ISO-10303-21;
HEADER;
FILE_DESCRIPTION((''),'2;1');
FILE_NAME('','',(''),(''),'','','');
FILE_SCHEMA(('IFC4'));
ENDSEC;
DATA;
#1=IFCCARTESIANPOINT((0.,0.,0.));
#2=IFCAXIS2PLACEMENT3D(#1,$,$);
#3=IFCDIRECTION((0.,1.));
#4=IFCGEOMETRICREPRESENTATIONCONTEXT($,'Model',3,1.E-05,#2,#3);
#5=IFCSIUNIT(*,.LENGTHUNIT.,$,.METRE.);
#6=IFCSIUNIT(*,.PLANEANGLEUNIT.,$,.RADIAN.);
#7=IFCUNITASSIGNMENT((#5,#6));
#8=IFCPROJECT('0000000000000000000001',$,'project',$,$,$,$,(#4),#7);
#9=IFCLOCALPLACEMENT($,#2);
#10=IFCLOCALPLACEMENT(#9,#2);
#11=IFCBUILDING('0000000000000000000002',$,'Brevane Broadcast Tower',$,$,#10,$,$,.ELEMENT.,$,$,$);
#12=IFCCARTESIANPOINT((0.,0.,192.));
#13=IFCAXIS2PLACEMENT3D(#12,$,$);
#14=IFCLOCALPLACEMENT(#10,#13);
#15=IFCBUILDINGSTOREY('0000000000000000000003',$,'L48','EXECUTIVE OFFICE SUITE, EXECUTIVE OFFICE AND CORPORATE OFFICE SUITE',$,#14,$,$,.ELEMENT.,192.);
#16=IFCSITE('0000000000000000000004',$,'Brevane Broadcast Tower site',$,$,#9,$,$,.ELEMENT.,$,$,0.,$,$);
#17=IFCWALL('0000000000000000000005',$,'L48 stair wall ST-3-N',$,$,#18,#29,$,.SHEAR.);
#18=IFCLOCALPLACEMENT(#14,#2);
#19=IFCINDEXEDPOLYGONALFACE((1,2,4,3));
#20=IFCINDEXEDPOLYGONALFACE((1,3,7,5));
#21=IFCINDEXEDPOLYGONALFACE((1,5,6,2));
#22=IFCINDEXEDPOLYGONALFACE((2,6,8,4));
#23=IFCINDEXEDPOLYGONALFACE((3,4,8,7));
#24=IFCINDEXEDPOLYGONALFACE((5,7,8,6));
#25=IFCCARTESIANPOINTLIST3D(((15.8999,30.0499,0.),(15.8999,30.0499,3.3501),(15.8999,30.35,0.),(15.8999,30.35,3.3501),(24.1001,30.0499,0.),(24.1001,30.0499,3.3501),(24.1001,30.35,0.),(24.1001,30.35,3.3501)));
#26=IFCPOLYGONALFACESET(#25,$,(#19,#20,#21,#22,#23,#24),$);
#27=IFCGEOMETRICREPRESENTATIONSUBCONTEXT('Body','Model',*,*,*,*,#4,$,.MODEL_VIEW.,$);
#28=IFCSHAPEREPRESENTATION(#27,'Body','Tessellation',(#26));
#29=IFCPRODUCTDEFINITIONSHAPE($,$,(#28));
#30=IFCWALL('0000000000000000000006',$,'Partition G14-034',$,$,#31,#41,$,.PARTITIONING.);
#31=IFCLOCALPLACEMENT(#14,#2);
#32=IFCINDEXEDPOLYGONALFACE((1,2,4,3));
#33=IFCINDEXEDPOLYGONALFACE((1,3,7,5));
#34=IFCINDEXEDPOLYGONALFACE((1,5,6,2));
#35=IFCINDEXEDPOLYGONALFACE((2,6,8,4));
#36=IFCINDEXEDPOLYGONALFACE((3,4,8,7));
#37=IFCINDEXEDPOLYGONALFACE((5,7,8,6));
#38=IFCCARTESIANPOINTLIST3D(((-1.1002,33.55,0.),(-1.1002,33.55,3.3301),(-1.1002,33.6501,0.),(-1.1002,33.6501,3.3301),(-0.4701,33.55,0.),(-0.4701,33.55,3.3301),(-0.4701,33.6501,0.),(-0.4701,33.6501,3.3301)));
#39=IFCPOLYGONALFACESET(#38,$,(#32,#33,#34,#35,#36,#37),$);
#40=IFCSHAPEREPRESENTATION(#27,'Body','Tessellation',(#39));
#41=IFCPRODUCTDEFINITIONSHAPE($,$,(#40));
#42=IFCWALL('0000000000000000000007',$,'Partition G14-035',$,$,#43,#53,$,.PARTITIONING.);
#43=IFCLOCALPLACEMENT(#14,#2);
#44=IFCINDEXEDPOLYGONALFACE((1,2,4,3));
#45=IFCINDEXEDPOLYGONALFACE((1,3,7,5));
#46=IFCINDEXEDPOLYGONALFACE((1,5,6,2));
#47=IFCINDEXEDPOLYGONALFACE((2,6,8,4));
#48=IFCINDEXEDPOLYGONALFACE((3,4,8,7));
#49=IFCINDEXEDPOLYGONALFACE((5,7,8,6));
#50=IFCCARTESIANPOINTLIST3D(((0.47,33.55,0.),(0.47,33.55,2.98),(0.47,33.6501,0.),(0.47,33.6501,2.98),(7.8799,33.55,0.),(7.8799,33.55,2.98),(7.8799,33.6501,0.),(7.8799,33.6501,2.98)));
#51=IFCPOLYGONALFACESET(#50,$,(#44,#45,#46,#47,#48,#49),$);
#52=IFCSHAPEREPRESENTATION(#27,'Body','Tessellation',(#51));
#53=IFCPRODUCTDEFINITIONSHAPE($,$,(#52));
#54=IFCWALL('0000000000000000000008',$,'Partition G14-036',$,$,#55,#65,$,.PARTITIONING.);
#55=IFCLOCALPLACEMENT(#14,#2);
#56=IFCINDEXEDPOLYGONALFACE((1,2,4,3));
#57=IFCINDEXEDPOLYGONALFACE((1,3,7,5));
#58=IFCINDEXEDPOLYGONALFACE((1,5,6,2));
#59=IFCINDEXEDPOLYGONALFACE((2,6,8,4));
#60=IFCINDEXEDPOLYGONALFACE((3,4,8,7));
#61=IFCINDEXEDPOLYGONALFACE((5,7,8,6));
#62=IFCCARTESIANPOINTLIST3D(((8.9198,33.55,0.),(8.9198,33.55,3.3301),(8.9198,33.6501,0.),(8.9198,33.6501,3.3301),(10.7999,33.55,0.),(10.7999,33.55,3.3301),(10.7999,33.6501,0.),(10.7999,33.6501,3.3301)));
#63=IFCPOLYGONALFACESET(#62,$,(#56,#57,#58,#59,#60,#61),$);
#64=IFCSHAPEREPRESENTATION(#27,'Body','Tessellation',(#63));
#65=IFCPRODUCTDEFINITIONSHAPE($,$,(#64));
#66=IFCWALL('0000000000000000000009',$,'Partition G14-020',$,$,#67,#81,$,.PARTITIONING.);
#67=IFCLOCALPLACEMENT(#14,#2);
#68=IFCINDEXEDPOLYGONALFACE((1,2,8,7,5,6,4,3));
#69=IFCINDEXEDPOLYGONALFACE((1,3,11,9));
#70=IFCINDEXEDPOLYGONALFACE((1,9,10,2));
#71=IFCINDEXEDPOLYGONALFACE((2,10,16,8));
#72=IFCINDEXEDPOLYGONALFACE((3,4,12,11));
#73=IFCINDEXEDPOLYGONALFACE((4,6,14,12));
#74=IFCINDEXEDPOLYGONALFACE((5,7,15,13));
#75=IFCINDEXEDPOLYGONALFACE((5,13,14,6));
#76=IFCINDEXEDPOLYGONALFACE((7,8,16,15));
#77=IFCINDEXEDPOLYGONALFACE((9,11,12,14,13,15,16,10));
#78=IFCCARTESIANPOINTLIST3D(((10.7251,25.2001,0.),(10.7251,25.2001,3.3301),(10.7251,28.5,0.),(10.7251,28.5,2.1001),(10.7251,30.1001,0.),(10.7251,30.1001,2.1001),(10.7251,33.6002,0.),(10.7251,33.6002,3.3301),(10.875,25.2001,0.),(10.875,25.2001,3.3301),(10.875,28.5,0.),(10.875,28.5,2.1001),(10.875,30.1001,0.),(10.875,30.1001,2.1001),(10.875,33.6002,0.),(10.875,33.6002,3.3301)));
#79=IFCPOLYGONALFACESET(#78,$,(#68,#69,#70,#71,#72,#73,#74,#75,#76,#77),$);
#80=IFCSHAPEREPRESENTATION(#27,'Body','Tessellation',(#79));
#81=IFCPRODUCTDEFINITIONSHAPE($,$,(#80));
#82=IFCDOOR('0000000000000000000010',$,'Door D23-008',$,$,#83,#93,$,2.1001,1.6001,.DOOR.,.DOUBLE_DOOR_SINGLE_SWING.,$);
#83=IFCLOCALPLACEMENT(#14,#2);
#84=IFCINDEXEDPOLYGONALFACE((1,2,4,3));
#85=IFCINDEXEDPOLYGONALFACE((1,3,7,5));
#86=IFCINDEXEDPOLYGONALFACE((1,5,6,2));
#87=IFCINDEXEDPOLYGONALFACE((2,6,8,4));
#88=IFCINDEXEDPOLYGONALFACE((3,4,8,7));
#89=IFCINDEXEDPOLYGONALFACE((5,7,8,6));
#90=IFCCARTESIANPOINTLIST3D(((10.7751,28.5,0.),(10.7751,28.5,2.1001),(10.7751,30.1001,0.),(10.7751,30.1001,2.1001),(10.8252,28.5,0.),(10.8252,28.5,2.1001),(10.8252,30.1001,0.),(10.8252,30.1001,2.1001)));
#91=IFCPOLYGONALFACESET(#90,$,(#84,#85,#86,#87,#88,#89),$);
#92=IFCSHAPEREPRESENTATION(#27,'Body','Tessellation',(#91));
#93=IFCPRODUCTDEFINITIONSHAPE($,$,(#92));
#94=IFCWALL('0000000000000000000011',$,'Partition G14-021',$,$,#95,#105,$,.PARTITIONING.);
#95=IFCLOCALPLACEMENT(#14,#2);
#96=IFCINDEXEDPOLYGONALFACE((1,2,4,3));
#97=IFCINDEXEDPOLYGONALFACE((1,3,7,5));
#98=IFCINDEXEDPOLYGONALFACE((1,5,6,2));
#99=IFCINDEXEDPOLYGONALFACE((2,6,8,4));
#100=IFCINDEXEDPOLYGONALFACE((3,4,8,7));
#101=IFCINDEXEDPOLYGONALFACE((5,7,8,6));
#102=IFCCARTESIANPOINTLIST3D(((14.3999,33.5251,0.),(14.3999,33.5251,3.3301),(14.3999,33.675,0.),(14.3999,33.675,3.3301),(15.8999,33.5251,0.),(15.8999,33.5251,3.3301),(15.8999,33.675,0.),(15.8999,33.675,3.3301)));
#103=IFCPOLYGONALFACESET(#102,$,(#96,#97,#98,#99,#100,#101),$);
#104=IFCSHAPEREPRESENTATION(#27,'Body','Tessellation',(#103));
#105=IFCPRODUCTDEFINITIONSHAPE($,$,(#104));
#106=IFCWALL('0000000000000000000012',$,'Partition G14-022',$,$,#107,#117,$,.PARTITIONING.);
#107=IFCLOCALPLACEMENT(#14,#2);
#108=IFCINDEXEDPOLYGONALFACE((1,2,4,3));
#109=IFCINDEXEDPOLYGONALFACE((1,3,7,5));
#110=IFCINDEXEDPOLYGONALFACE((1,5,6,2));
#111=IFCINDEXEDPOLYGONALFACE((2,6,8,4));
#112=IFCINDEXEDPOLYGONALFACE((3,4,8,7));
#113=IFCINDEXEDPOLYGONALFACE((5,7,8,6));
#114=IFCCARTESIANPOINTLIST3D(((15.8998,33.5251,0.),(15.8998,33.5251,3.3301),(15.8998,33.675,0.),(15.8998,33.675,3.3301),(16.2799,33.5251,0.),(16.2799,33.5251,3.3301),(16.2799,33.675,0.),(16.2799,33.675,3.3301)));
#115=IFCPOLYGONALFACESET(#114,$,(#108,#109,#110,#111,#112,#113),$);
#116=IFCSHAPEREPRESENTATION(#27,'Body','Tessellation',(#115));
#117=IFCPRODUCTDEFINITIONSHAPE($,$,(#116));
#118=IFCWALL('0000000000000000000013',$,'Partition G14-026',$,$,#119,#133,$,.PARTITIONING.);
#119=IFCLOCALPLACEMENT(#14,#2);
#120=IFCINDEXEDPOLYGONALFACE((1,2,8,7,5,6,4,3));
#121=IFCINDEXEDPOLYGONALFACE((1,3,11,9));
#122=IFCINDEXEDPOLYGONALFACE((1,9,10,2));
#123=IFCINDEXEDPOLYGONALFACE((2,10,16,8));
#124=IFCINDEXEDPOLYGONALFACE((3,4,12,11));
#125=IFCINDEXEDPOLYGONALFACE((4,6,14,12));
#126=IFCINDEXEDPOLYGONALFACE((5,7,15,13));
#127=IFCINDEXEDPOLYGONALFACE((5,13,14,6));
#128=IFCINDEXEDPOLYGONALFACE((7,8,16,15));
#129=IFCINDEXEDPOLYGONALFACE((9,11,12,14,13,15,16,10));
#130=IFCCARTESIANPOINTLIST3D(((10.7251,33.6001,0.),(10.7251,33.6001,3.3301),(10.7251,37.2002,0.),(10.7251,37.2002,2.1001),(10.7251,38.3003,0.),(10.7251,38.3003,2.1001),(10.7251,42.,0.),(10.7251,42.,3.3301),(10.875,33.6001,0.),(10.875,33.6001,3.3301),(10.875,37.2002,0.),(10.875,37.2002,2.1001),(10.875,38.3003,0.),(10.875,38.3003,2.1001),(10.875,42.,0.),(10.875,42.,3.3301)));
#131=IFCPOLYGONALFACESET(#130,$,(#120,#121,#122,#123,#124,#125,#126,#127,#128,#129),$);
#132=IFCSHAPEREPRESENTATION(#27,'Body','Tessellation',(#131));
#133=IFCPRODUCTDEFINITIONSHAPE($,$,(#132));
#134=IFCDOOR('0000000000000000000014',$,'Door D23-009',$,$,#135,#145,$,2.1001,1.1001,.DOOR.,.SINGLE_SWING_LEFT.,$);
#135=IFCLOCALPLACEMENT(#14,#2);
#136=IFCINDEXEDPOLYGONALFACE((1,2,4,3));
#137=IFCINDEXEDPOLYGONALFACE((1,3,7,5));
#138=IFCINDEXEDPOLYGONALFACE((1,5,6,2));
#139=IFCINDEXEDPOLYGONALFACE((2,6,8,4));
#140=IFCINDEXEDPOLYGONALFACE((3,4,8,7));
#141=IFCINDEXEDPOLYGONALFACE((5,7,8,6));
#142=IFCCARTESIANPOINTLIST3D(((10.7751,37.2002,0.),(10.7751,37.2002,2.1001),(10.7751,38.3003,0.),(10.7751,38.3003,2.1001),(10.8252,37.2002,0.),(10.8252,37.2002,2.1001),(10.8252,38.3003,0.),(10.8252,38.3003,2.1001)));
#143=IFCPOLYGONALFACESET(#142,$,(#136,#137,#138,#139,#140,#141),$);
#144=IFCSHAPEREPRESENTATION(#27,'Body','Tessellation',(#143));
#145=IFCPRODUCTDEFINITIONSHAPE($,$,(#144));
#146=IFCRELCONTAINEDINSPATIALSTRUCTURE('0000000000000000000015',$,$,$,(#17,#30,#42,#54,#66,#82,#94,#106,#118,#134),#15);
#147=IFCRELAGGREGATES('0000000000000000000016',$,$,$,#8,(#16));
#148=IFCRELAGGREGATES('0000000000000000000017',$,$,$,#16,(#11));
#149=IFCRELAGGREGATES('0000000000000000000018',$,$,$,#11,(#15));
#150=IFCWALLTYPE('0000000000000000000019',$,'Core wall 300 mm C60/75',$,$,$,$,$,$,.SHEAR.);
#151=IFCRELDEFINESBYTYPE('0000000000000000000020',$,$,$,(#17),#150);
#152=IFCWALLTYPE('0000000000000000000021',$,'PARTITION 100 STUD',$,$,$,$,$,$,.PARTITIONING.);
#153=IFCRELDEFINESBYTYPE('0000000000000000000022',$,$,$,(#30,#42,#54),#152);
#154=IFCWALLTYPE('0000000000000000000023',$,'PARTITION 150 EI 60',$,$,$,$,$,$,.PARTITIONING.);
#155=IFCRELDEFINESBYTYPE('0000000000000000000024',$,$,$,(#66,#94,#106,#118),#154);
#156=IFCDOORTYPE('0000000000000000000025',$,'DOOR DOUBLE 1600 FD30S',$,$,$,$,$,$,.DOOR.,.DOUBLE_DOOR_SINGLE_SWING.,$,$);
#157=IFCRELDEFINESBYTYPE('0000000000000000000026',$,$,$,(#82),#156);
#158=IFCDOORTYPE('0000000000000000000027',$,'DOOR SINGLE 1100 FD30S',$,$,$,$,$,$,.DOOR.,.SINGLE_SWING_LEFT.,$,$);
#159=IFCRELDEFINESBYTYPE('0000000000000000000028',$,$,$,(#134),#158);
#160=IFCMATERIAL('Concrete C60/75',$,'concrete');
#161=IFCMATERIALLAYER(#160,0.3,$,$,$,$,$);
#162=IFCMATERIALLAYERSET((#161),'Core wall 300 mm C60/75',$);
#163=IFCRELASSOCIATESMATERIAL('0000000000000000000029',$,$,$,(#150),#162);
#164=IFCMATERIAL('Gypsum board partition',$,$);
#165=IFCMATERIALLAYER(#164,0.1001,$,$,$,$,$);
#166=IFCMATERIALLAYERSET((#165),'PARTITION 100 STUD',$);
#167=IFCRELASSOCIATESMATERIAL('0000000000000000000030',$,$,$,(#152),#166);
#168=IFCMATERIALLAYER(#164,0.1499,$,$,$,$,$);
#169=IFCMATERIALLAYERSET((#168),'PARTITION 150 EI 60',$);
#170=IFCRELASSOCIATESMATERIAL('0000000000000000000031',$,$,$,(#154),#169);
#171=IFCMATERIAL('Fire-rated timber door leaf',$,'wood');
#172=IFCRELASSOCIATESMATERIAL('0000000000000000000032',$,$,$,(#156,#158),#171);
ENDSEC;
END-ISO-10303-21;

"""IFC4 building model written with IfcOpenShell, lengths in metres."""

from ifc_helpers import new_model, si_unit, direction, frame, frame_2d, origin, place, context, subcontext, project, spatial, polyline, rectangle, outline, extrude, material, layer, layer_set, type_object, element, fill, save


model = new_model("IFC4")

# Units and contexts
model_context = context("Model", 3, precision=1e-05, world=origin(), true_north=direction((0.0, 1.0)))
body_context = subcontext(model_context, "Body", "Model", "MODEL_VIEW")
ifc_project = project(units=[si_unit("LENGTHUNIT", "METRE"), si_unit("PLANEANGLEUNIT", "RADIAN")], contexts=[model_context])

# Site, building, storey
site_placement = place(None, origin())
site = spatial("IfcSite", under=ifc_project, at=site_placement, Name="Brevane Broadcast Tower site", CompositionType="ELEMENT", RefElevation=0.0)
building_placement = place(site_placement, origin())
building = spatial("IfcBuilding", under=site, at=building_placement, Name="Brevane Broadcast Tower", CompositionType="ELEMENT")
storey_placement = place(building_placement, frame((0.0, 0.0, 192.0)))
storey = spatial("IfcBuildingStorey", under=building, at=storey_placement, Name="L48", Description="EXECUTIVE OFFICE SUITE, EXECUTIVE OFFICE AND CORPORATE OFFICE SUITE", CompositionType="ELEMENT", Elevation=192.0)

# Shared definitions
ifc_material_1 = material(Name="Concrete C60/75", Category="concrete")

# Walls
ifc_layer_1 = layer(ifc_material_1, 0.3)
ifc_layer_set_1 = layer_set([ifc_layer_1], Name="Core wall 300 mm C60/75")
wall_type_1 = type_object("IfcWallType", Name="Core wall 300 mm C60/75", PredefinedType="SHEAR", material=ifc_layer_set_1)
for number, where, z_axis, x_axis, name in (
    (1, (15.8999, 30.2, 0.0), (0.0, 0.0, 1.0), (1.0, 0.0, 0.0), "L48 stair wall ST-3-N"),
):
    element("IfcWall", number, at=place(storey_placement, frame(where, z_axis=z_axis, x_axis=x_axis)), inside=storey, type_object=wall_type_1, Name=name, PredefinedType="SHEAR", context=body_context, shape_type="SweptSolid", body=[
        extrude(rectangle(XDim=8.2002, YDim=0.3, at=frame_2d((4.1001, 0.0))), origin(), (0.0, 0.0, 1.0), 3.3501),
    ])
ifc_material_2 = material(Name="Gypsum board partition")
ifc_layer_2 = layer(ifc_material_2, 0.1001)
ifc_layer_set_2 = layer_set([ifc_layer_2], Name="PARTITION 100 STUD")
wall_type_2 = type_object("IfcWallType", Name="PARTITION 100 STUD", PredefinedType="PARTITIONING", material=ifc_layer_set_2)
wall_1_placement = place(storey_placement, frame((-1.1001, 33.6001, 0.0), z_axis=(0.0, 0.0, 1.0), x_axis=(1.0, 0.0, 0.0)))
element("IfcWall", 2, at=wall_1_placement, inside=storey, type_object=wall_type_2, Name="Partition G14-034", PredefinedType="PARTITIONING", context=body_context, shape_type="SweptSolid", body=[
    extrude(rectangle(XDim=0.6301, YDim=0.1001, at=frame_2d((0.3149, 0.0))), origin(), (0.0, 0.0, 1.0), 3.3301),
])
wall_2_placement = place(storey_placement, frame((0.47, 33.6001, 0.0), z_axis=(0.0, 0.0, 1.0), x_axis=(1.0, 0.0, 0.0)))
element("IfcWall", 3, at=wall_2_placement, inside=storey, type_object=wall_type_2, Name="Partition G14-035", PredefinedType="PARTITIONING", context=body_context, shape_type="SweptSolid", body=[
    extrude(outline(polyline([(0.0, 0.0), (7.4099, 0.0), (7.4099, 2.98), (0.0, 2.98), (0.0, 0.0)])), frame((0.0, 0.05, 0.0), z_axis=(0.0, -1.0, 0.0), x_axis=(1.0, 0.0, 0.0)), (0.0, 0.0, 1.0), 0.1001),
])
wall_3_placement = place(storey_placement, frame((8.9199, 33.6001, 0.0), z_axis=(0.0, 0.0, 1.0), x_axis=(1.0, 0.0, 0.0)))
element("IfcWall", 4, at=wall_3_placement, inside=storey, type_object=wall_type_2, Name="Partition G14-036", PredefinedType="PARTITIONING", context=body_context, shape_type="SweptSolid", body=[
    extrude(rectangle(XDim=1.8801, YDim=0.1001, at=frame_2d((0.9399, 0.0))), origin(), (0.0, 0.0, 1.0), 3.3301),
])

# Wall, opening, door
ifc_layer_3 = layer(ifc_material_2, 0.1499)
ifc_layer_set_3 = layer_set([ifc_layer_3], Name="PARTITION 150 EI 60")
wall_type_3 = type_object("IfcWallType", Name="PARTITION 150 EI 60", PredefinedType="PARTITIONING", material=ifc_layer_set_3)
wall_4_placement = place(storey_placement, frame((10.8, 25.2, 0.0), z_axis=(0.0, 0.0, 1.0), x_axis=(0.0, 1.0, 0.0)))
wall_4 = element("IfcWall", 5, at=wall_4_placement, inside=storey, type_object=wall_type_3, Name="Partition G14-020", PredefinedType="PARTITIONING", context=body_context, shape_type="SweptSolid", body=[
    extrude(rectangle(XDim=8.4001, YDim=0.1499, at=frame_2d((4.2002, 0.0))), origin(), (0.0, 0.0, 1.0), 3.3301),
])
opening_1_placement = place(wall_4_placement, frame((3.3, 0.0, 0.0)))
opening_1 = element("IfcOpeningElement", 6, at=opening_1_placement, cuts=wall_4, PredefinedType="OPENING", context=body_context, shape_type="SweptSolid", body=[
    extrude(rectangle(XDim=1.6001, YDim=2.1001, at=frame_2d((0.8, 1.05))), frame((0.0, 0.085, 0.0), z_axis=(0.0, -1.0, 0.0), x_axis=(1.0, 0.0, 0.0)), (0.0, 0.0, 1.0), 0.1699),
])
ifc_material_3 = material(Name="Fire-rated timber door leaf", Category="wood")
door_type_1 = type_object("IfcDoorType", Name="DOOR DOUBLE 1600 FD30S", OperationType="DOUBLE_DOOR_SINGLE_SWING", PredefinedType="DOOR", material=ifc_material_3)
door_1_placement = place(opening_1_placement, origin())
door_1 = element("IfcDoor", 7, at=door_1_placement, inside=storey, type_object=door_type_1, Name="Door D23-008", OperationType="DOUBLE_DOOR_SINGLE_SWING", OverallHeight=2.1001, OverallWidth=1.6001, PredefinedType="DOOR", context=body_context, shape_type="SweptSolid", body=[
    extrude(rectangle(XDim=1.6001, YDim=2.1001, at=frame_2d((0.8, 1.05))), frame((0.0, 0.0249, 0.0), z_axis=(0.0, -1.0, 0.0), x_axis=(1.0, 0.0, 0.0)), (0.0, 0.0, 1.0), 0.05),
])
fill(opening_1, door_1)

# Walls
wall_5_placement = place(storey_placement, frame((14.3999, 33.6001, 0.0), z_axis=(0.0, 0.0, 1.0), x_axis=(1.0, 0.0, 0.0)))
element("IfcWall", 8, at=wall_5_placement, inside=storey, type_object=wall_type_3, Name="Partition G14-021", PredefinedType="PARTITIONING", context=body_context, shape_type="SweptSolid", body=[
    extrude(rectangle(XDim=1.5, YDim=0.1499, at=frame_2d((0.75, 0.0))), origin(), (0.0, 0.0, 1.0), 3.3301),
])
wall_6_placement = place(storey_placement, frame((15.8999, 33.6001, 0.0), z_axis=(0.0, 0.0, 1.0), x_axis=(1.0, 0.0, 0.0)))
element("IfcWall", 9, at=wall_6_placement, inside=storey, type_object=wall_type_3, Name="Partition G14-022", PredefinedType="PARTITIONING", context=body_context, shape_type="SweptSolid", body=[
    extrude(rectangle(XDim=0.3801, YDim=0.1499, at=frame_2d((0.1899, 0.0))), origin(), (0.0, 0.0, 1.0), 3.3301),
])

# Wall, opening, door
wall_7_placement = place(storey_placement, frame((10.8, 33.6001, 0.0), z_axis=(0.0, 0.0, 1.0), x_axis=(0.0, 1.0, 0.0)))
wall_7 = element("IfcWall", 10, at=wall_7_placement, inside=storey, type_object=wall_type_3, Name="Partition G14-026", PredefinedType="PARTITIONING", context=body_context, shape_type="SweptSolid", body=[
    extrude(rectangle(XDim=8.3999, YDim=0.1499, at=frame_2d((4.2, 0.0))), origin(), (0.0, 0.0, 1.0), 3.3301),
])
opening_2_placement = place(wall_7_placement, frame((3.6001, 0.0, 0.0)))
opening_2 = element("IfcOpeningElement", 11, at=opening_2_placement, cuts=wall_7, PredefinedType="OPENING", context=body_context, shape_type="SweptSolid", body=[
    extrude(rectangle(XDim=1.1001, YDim=2.1001, at=frame_2d((0.55, 1.05))), frame((0.0, 0.085, 0.0), z_axis=(0.0, -1.0, 0.0), x_axis=(1.0, 0.0, 0.0)), (0.0, 0.0, 1.0), 0.1699),
])
door_type_2 = type_object("IfcDoorType", Name="DOOR SINGLE 1100 FD30S", OperationType="SINGLE_SWING_LEFT", PredefinedType="DOOR", material=ifc_material_3)
door_2_placement = place(opening_2_placement, origin())
door_2 = element("IfcDoor", 12, at=door_2_placement, inside=storey, type_object=door_type_2, Name="Door D23-009", OperationType="SINGLE_SWING_LEFT", OverallHeight=2.1001, OverallWidth=1.1001, PredefinedType="DOOR", context=body_context, shape_type="SweptSolid", body=[
    extrude(rectangle(XDim=1.1001, YDim=2.1001, at=frame_2d((0.55, 1.05))), frame((0.0, 0.0249, 0.0), z_axis=(0.0, -1.0, 0.0), x_axis=(1.0, 0.0, 0.0)), (0.0, 0.0, 1.0), 0.05),
])
fill(opening_2, door_2)

save(model, "model.ifc")
